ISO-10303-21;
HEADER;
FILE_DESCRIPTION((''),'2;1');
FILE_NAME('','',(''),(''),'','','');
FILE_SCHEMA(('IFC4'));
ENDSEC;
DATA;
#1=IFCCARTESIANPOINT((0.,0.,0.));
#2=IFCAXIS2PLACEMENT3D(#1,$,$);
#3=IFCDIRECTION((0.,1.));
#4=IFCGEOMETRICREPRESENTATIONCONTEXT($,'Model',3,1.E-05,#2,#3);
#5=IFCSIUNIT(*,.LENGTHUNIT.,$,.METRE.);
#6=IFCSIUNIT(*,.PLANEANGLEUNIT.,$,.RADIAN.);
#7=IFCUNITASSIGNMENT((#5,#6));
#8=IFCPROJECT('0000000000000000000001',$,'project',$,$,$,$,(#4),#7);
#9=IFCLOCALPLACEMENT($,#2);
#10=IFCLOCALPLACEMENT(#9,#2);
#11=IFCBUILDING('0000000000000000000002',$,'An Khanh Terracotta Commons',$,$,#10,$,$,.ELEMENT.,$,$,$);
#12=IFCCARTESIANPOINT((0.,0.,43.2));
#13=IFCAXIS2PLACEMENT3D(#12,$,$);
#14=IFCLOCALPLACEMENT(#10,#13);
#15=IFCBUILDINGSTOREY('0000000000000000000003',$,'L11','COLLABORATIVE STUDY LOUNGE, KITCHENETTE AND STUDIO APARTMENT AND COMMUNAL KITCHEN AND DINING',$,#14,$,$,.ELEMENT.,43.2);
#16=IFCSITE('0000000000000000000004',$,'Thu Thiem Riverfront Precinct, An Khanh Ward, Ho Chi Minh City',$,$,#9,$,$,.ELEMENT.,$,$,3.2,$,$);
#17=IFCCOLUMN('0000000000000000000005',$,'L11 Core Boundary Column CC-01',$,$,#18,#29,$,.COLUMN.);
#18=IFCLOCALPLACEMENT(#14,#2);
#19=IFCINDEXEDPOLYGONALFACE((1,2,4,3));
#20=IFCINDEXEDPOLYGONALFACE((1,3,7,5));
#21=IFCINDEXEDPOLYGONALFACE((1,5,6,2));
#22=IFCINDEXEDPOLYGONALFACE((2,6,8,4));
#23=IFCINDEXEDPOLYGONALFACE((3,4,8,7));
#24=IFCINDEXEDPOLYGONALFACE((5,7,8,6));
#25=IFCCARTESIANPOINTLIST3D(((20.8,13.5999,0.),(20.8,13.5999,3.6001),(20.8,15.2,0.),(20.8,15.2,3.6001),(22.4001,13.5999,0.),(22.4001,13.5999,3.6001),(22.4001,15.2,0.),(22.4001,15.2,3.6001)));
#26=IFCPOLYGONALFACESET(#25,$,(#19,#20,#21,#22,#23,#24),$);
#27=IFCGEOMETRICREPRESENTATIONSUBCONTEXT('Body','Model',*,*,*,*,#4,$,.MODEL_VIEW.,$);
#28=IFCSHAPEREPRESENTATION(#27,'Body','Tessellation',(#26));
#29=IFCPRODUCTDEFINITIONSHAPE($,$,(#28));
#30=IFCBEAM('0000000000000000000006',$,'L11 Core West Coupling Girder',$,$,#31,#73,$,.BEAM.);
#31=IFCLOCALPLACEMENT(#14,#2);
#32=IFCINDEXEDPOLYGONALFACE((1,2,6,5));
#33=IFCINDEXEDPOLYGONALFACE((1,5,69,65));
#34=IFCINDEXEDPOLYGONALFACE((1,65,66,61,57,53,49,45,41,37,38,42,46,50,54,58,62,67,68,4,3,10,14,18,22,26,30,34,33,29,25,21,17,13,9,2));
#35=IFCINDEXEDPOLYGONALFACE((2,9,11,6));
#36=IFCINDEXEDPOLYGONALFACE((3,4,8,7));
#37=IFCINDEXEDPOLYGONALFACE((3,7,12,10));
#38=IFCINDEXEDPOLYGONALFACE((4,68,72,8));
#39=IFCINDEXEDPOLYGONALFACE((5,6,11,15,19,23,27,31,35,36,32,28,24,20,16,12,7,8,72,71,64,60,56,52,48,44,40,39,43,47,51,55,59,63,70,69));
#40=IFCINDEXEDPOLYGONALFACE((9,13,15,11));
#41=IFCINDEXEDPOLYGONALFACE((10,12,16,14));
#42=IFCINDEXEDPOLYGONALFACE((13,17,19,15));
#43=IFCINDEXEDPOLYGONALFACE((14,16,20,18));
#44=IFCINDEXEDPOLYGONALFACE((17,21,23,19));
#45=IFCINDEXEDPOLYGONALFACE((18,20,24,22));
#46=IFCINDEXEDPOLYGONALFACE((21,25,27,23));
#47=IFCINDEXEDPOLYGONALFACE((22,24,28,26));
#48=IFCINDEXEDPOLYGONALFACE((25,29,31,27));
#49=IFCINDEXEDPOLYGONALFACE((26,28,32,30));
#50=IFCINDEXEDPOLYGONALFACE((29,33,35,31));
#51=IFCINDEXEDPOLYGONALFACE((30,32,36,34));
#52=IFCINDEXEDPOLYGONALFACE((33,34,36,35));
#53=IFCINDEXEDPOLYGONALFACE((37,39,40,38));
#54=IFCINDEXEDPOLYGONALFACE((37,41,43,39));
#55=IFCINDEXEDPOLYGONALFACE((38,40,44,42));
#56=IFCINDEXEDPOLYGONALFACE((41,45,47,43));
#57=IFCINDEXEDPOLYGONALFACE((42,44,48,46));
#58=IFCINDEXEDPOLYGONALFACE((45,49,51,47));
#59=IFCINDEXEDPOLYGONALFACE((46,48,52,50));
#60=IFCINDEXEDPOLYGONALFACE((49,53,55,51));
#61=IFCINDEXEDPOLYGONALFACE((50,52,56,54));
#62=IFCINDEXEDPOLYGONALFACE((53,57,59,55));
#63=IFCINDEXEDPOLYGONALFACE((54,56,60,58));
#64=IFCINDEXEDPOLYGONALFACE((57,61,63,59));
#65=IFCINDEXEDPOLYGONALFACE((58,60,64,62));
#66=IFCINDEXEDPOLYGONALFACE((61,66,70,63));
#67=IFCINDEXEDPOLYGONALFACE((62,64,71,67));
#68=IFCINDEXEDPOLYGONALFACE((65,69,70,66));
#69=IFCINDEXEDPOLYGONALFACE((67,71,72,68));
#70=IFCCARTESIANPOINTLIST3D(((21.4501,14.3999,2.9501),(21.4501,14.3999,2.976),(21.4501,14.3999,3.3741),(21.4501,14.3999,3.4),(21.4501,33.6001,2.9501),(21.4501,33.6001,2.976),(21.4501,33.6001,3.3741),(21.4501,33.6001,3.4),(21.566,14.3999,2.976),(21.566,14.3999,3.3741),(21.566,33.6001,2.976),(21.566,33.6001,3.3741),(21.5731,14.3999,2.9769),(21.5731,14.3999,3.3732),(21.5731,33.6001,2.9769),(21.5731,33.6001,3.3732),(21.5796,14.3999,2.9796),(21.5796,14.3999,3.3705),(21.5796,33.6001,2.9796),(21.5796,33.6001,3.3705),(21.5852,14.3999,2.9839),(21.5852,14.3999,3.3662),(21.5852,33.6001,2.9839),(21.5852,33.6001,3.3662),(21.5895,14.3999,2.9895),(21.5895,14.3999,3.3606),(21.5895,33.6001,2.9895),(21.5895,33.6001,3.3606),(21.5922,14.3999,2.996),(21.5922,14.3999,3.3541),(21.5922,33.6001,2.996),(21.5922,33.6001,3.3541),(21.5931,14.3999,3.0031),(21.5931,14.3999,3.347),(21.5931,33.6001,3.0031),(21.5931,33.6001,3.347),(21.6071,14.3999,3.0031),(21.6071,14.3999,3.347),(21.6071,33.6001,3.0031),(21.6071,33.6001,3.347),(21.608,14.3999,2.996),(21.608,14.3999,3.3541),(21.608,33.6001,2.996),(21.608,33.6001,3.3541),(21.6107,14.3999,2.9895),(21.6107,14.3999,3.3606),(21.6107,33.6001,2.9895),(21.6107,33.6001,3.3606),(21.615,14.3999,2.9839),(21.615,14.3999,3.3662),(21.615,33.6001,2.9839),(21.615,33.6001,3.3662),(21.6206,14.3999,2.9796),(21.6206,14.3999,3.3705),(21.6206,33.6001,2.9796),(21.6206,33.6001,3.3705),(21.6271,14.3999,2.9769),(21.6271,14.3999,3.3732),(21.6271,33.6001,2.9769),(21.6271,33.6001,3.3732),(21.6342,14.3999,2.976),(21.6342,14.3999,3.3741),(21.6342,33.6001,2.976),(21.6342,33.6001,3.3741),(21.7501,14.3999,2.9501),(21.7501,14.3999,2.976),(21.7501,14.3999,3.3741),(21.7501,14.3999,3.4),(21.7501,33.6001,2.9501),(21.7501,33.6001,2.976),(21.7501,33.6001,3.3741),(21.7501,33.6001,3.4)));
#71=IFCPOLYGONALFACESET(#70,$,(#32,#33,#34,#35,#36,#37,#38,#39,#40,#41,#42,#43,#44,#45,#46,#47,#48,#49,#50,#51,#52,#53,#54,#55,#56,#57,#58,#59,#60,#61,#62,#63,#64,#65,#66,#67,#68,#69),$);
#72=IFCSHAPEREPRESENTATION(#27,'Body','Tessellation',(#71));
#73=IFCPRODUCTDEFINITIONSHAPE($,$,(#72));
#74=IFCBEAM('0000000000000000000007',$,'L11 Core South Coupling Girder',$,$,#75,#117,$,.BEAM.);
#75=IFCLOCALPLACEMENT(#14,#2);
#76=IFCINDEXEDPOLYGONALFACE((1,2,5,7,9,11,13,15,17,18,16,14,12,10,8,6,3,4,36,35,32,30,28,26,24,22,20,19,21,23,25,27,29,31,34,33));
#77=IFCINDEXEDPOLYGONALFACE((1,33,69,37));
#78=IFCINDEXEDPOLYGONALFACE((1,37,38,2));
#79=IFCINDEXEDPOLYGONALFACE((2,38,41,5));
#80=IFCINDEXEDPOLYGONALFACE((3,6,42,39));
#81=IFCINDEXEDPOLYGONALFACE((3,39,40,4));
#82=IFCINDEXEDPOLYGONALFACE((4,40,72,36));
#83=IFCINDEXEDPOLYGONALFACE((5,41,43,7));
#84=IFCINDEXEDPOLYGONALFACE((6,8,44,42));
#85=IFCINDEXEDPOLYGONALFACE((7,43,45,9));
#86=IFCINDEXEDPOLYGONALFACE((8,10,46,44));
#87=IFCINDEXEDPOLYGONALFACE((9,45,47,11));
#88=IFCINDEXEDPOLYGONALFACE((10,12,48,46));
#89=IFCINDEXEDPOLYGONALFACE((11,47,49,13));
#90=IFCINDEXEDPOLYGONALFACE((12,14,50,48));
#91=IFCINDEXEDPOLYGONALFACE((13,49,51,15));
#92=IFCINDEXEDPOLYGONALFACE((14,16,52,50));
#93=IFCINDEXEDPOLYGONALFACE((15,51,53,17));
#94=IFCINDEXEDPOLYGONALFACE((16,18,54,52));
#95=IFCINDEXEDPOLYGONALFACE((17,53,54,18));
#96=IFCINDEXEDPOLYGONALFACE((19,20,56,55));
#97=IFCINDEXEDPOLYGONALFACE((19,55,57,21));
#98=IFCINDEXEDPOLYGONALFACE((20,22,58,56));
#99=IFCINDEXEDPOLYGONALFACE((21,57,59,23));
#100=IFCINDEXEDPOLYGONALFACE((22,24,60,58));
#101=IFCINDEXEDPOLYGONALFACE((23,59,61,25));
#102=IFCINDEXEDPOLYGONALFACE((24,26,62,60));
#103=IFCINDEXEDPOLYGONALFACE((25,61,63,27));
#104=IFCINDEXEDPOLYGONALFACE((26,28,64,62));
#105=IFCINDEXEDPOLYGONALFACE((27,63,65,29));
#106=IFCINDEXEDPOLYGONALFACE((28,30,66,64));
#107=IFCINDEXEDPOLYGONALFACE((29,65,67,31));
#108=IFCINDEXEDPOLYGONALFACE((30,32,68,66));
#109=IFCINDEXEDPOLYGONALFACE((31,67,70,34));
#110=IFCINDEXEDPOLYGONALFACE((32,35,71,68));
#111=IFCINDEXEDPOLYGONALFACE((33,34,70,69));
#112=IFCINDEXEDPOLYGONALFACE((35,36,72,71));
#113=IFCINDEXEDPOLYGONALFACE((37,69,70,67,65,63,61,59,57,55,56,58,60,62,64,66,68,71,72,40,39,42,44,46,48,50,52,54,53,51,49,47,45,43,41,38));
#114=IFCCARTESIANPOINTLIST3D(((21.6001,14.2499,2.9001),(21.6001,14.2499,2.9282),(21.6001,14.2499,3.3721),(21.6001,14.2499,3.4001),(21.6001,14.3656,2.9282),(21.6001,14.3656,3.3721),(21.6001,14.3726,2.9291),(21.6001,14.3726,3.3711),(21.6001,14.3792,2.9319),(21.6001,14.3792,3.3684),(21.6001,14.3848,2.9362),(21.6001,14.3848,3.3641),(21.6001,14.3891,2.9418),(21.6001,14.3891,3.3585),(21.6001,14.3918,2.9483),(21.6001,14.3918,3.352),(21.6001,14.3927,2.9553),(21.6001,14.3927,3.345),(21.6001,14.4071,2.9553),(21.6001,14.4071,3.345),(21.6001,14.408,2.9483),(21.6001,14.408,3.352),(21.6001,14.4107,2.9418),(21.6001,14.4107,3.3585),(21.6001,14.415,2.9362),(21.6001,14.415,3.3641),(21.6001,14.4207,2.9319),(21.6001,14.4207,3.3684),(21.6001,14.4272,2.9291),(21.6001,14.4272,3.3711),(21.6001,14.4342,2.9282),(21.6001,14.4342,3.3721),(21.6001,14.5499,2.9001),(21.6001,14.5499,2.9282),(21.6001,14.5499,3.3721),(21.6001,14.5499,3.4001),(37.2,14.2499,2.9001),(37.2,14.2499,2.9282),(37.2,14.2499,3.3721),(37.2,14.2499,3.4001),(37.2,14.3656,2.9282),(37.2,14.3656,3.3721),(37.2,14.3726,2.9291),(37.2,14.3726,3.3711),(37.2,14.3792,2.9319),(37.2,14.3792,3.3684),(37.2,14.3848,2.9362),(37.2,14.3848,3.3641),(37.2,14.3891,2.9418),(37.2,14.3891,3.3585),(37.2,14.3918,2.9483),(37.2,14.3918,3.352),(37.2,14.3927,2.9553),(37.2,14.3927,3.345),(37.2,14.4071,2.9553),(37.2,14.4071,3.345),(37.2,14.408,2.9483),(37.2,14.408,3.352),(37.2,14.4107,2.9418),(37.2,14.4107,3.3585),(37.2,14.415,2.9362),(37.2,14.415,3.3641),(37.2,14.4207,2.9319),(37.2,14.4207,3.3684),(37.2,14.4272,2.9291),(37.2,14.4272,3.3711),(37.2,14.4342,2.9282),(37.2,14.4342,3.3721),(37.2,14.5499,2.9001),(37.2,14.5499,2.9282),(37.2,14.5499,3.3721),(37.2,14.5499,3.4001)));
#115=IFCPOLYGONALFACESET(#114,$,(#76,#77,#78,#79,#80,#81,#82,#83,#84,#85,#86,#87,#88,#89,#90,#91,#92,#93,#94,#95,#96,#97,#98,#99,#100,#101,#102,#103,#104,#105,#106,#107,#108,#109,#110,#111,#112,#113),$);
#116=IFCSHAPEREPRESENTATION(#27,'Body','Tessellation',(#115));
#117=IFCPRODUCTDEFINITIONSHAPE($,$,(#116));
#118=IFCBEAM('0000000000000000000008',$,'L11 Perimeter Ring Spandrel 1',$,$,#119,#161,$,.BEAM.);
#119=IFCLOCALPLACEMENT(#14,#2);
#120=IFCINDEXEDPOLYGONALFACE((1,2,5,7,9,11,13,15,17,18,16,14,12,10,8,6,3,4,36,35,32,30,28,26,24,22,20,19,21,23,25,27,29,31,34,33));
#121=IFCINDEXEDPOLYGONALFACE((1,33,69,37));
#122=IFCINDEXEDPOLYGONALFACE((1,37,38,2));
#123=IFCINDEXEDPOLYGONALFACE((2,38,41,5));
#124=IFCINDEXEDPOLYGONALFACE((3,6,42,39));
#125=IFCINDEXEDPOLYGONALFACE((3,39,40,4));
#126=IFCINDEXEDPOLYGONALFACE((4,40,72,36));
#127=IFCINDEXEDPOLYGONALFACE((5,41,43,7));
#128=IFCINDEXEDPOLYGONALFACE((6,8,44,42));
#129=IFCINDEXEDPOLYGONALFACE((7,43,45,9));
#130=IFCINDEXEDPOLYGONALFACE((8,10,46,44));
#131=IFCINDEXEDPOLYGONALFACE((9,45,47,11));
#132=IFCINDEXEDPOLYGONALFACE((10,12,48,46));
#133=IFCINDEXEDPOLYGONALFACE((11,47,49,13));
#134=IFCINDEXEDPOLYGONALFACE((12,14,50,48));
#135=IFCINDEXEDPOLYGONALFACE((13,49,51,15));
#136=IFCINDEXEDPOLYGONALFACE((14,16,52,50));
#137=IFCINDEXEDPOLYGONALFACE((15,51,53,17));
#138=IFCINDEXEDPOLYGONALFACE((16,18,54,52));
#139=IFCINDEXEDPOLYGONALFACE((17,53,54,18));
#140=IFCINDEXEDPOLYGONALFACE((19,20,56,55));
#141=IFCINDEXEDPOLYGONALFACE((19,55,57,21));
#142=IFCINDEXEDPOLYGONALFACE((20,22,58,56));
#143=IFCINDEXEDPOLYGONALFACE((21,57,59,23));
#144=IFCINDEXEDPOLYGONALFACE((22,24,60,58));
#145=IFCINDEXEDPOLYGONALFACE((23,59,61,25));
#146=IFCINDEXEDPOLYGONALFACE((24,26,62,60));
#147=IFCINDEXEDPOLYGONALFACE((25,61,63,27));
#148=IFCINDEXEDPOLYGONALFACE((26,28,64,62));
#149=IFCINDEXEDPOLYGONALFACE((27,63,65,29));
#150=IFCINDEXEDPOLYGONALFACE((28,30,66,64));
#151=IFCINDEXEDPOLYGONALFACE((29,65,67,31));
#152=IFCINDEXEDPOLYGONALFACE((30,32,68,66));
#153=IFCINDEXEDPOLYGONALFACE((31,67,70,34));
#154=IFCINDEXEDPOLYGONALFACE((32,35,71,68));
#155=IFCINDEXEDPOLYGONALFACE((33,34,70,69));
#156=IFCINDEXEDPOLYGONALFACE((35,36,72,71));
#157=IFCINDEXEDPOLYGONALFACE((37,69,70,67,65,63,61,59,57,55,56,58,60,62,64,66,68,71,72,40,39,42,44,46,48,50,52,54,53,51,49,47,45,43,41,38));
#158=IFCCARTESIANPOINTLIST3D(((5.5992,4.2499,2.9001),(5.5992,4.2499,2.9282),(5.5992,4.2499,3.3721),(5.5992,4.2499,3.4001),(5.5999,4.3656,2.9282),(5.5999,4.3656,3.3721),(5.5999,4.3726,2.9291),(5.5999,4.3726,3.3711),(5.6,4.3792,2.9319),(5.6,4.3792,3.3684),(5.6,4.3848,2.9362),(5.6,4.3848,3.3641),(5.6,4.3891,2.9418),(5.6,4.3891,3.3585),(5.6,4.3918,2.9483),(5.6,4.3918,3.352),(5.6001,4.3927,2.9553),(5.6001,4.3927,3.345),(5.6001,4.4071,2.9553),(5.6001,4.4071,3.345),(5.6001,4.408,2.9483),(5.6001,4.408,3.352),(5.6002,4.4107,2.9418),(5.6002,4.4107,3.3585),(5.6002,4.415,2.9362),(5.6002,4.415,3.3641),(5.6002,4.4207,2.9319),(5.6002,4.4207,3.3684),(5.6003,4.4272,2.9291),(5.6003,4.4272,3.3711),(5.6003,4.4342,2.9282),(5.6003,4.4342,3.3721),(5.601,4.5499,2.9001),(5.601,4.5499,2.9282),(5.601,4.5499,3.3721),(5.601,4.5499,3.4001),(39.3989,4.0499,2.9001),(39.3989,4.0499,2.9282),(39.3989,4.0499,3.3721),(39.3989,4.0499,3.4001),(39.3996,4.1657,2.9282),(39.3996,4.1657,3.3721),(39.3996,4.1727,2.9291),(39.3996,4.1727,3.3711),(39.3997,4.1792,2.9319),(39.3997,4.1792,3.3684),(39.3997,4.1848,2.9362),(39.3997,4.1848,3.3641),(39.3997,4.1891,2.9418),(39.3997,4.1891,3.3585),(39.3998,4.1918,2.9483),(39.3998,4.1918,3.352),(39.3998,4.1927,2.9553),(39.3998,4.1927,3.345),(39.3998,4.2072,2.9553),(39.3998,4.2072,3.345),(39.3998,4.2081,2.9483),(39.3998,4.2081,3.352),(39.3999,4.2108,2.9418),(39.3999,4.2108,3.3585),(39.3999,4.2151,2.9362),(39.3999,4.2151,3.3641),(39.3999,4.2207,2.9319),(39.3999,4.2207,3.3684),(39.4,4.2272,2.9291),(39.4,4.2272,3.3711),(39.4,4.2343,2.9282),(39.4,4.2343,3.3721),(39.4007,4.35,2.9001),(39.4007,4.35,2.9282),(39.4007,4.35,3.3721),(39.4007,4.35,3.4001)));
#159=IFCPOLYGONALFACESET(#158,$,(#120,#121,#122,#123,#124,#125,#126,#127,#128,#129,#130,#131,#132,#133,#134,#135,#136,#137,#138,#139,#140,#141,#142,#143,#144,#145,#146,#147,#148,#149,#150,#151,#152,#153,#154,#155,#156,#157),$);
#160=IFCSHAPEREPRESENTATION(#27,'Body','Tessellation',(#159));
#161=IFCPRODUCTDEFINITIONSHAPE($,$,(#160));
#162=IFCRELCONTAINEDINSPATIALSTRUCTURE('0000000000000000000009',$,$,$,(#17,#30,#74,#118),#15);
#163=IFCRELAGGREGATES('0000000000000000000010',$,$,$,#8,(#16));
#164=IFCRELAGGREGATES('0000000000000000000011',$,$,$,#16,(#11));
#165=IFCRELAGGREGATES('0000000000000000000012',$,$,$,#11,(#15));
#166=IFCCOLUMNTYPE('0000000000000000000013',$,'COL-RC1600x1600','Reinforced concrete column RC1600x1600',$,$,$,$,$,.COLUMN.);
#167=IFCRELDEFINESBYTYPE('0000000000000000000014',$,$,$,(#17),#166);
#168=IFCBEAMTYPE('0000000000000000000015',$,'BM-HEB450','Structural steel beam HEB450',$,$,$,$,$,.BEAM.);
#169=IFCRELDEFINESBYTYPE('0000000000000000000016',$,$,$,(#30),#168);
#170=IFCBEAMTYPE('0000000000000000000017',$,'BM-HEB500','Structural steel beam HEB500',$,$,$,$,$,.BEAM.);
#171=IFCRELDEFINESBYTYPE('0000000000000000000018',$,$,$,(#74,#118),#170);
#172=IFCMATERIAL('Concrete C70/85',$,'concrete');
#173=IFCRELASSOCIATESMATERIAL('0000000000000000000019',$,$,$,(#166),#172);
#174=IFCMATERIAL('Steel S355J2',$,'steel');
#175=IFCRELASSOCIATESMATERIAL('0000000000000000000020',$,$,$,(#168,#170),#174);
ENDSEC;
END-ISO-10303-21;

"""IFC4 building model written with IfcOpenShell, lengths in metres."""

from ifc_helpers import new_model, si_unit, direction, frame, origin, origin_2d, place, context, subcontext, project, spatial, rectangle, i_section, extrude, material, material_profile, profile_set, type_object, element, save


model = new_model("IFC4")

# Units and contexts
model_context = context("Model", 3, precision=1e-05, world=origin(), true_north=direction((0.0, 1.0)))
body_context = subcontext(model_context, "Body", "Model", "MODEL_VIEW")
ifc_project = project(units=[si_unit("LENGTHUNIT", "METRE"), si_unit("PLANEANGLEUNIT", "RADIAN")], contexts=[model_context])

# Site, building, storey
site_placement = place(None, origin())
site = spatial("IfcSite", under=ifc_project, at=site_placement, Name="Thu Thiem Riverfront Precinct, An Khanh Ward, Ho Chi Minh City", CompositionType="ELEMENT", RefElevation=3.2)
building_placement = place(site_placement, origin())
building = spatial("IfcBuilding", under=site, at=building_placement, Name="An Khanh Terracotta Commons", CompositionType="ELEMENT")
storey_placement = place(building_placement, frame((0.0, 0.0, 43.2)))
storey = spatial("IfcBuildingStorey", under=building, at=storey_placement, Name="L11", Description="COLLABORATIVE STUDY LOUNGE, KITCHENETTE AND STUDIO APARTMENT AND COMMUNAL KITCHEN AND DINING", CompositionType="ELEMENT", Elevation=43.2)

# Column
ifc_material_1 = material(Name="Concrete C70/85", Category="concrete")
ifc_material_profile_1 = material_profile(ifc_material_1, rectangle(XDim=1.6001, YDim=1.6001, at=origin_2d()), Name="RC1600x1600")
ifc_profile_set_1 = profile_set([ifc_material_profile_1], Name="Concrete C70/85")
column_type = type_object("IfcColumnType", Name="COL-RC1600x1600", Description="Reinforced concrete column RC1600x1600", PredefinedType="COLUMN", material=ifc_profile_set_1)
column_placement = place(storey_placement, frame((21.6001, 14.3999, 0.0), z_axis=(0.0, 0.0, 1.0), x_axis=(1.0, 0.0, 0.0)))
element("IfcColumn", 1, at=column_placement, inside=storey, type_object=column_type, Name="L11 Core Boundary Column CC-01", PredefinedType="COLUMN", context=body_context, shape_type="SweptSolid", body=[
    extrude(rectangle(XDim=1.6001, YDim=1.6001, at=origin_2d()), origin(), (0.0, 0.0, 1.0), 3.6001),
])

# Beams
ifc_material_2 = material(Name="Steel S355J2", Category="steel")
ifc_material_profile_2 = material_profile(ifc_material_2, i_section(OverallWidth=0.3, OverallDepth=0.45, WebThickness=0.0139, FlangeThickness=0.0259, FilletRadius=0.0271, at=origin_2d()), Name="HEB450")
ifc_profile_set_2 = profile_set([ifc_material_profile_2], Name="Steel S355J2")
beam_type_1 = type_object("IfcBeamType", Name="BM-HEB450", Description="Structural steel beam HEB450", PredefinedType="BEAM", material=ifc_profile_set_2)
beam_1_placement = place(storey_placement, frame((21.6001, 14.3999, 3.175), z_axis=(0.0, 1.0, 0.0), x_axis=(-1.0, 0.0, 0.0)))
element("IfcBeam", 2, at=beam_1_placement, inside=storey, type_object=beam_type_1, Name="L11 Core West Coupling Girder", PredefinedType="BEAM", context=body_context, shape_type="SweptSolid", body=[
    extrude(i_section(OverallWidth=0.3, OverallDepth=0.45, WebThickness=0.0139, FlangeThickness=0.0259, FilletRadius=0.0271, at=origin_2d()), origin(), (0.0, 0.0, 1.0), 19.2002),
])
ifc_material_profile_3 = material_profile(ifc_material_2, i_section(OverallWidth=0.3, OverallDepth=0.5, WebThickness=0.0144, FlangeThickness=0.0281, FilletRadius=0.0271, at=origin_2d()), Name="HEB500")
ifc_profile_set_3 = profile_set([ifc_material_profile_3], Name="Steel S355J2")
beam_type_2 = type_object("IfcBeamType", Name="BM-HEB500", Description="Structural steel beam HEB500", PredefinedType="BEAM", material=ifc_profile_set_3)
beam_2_placement = place(storey_placement, frame((21.6001, 14.3999, 3.1501), z_axis=(1.0, 0.0, 0.0), x_axis=(0.0, 1.0, 0.0)))
element("IfcBeam", 3, at=beam_2_placement, inside=storey, type_object=beam_type_2, Name="L11 Core South Coupling Girder", PredefinedType="BEAM", context=body_context, shape_type="SweptSolid", body=[
    extrude(i_section(OverallWidth=0.3, OverallDepth=0.5, WebThickness=0.0144, FlangeThickness=0.0281, FilletRadius=0.0271, at=origin_2d()), origin(), (0.0, 0.0, 1.0), 15.5999),
])
beam_3_placement = place(storey_placement, frame((5.6001, 4.3999, 3.1501), z_axis=(0.999983, -0.005916, 0.0), x_axis=(0.005916, 0.999983, 0.0)))
element("IfcBeam", 4, at=beam_3_placement, inside=storey, type_object=beam_type_2, Name="L11 Perimeter Ring Spandrel 1", PredefinedType="BEAM", context=body_context, shape_type="SweptSolid", body=[
    extrude(i_section(OverallWidth=0.3, OverallDepth=0.5, WebThickness=0.0144, FlangeThickness=0.0281, FilletRadius=0.0271, at=origin_2d()), origin(), (0.0, 0.0, 1.0), 33.8003),
])

save(model, "model.ifc")
